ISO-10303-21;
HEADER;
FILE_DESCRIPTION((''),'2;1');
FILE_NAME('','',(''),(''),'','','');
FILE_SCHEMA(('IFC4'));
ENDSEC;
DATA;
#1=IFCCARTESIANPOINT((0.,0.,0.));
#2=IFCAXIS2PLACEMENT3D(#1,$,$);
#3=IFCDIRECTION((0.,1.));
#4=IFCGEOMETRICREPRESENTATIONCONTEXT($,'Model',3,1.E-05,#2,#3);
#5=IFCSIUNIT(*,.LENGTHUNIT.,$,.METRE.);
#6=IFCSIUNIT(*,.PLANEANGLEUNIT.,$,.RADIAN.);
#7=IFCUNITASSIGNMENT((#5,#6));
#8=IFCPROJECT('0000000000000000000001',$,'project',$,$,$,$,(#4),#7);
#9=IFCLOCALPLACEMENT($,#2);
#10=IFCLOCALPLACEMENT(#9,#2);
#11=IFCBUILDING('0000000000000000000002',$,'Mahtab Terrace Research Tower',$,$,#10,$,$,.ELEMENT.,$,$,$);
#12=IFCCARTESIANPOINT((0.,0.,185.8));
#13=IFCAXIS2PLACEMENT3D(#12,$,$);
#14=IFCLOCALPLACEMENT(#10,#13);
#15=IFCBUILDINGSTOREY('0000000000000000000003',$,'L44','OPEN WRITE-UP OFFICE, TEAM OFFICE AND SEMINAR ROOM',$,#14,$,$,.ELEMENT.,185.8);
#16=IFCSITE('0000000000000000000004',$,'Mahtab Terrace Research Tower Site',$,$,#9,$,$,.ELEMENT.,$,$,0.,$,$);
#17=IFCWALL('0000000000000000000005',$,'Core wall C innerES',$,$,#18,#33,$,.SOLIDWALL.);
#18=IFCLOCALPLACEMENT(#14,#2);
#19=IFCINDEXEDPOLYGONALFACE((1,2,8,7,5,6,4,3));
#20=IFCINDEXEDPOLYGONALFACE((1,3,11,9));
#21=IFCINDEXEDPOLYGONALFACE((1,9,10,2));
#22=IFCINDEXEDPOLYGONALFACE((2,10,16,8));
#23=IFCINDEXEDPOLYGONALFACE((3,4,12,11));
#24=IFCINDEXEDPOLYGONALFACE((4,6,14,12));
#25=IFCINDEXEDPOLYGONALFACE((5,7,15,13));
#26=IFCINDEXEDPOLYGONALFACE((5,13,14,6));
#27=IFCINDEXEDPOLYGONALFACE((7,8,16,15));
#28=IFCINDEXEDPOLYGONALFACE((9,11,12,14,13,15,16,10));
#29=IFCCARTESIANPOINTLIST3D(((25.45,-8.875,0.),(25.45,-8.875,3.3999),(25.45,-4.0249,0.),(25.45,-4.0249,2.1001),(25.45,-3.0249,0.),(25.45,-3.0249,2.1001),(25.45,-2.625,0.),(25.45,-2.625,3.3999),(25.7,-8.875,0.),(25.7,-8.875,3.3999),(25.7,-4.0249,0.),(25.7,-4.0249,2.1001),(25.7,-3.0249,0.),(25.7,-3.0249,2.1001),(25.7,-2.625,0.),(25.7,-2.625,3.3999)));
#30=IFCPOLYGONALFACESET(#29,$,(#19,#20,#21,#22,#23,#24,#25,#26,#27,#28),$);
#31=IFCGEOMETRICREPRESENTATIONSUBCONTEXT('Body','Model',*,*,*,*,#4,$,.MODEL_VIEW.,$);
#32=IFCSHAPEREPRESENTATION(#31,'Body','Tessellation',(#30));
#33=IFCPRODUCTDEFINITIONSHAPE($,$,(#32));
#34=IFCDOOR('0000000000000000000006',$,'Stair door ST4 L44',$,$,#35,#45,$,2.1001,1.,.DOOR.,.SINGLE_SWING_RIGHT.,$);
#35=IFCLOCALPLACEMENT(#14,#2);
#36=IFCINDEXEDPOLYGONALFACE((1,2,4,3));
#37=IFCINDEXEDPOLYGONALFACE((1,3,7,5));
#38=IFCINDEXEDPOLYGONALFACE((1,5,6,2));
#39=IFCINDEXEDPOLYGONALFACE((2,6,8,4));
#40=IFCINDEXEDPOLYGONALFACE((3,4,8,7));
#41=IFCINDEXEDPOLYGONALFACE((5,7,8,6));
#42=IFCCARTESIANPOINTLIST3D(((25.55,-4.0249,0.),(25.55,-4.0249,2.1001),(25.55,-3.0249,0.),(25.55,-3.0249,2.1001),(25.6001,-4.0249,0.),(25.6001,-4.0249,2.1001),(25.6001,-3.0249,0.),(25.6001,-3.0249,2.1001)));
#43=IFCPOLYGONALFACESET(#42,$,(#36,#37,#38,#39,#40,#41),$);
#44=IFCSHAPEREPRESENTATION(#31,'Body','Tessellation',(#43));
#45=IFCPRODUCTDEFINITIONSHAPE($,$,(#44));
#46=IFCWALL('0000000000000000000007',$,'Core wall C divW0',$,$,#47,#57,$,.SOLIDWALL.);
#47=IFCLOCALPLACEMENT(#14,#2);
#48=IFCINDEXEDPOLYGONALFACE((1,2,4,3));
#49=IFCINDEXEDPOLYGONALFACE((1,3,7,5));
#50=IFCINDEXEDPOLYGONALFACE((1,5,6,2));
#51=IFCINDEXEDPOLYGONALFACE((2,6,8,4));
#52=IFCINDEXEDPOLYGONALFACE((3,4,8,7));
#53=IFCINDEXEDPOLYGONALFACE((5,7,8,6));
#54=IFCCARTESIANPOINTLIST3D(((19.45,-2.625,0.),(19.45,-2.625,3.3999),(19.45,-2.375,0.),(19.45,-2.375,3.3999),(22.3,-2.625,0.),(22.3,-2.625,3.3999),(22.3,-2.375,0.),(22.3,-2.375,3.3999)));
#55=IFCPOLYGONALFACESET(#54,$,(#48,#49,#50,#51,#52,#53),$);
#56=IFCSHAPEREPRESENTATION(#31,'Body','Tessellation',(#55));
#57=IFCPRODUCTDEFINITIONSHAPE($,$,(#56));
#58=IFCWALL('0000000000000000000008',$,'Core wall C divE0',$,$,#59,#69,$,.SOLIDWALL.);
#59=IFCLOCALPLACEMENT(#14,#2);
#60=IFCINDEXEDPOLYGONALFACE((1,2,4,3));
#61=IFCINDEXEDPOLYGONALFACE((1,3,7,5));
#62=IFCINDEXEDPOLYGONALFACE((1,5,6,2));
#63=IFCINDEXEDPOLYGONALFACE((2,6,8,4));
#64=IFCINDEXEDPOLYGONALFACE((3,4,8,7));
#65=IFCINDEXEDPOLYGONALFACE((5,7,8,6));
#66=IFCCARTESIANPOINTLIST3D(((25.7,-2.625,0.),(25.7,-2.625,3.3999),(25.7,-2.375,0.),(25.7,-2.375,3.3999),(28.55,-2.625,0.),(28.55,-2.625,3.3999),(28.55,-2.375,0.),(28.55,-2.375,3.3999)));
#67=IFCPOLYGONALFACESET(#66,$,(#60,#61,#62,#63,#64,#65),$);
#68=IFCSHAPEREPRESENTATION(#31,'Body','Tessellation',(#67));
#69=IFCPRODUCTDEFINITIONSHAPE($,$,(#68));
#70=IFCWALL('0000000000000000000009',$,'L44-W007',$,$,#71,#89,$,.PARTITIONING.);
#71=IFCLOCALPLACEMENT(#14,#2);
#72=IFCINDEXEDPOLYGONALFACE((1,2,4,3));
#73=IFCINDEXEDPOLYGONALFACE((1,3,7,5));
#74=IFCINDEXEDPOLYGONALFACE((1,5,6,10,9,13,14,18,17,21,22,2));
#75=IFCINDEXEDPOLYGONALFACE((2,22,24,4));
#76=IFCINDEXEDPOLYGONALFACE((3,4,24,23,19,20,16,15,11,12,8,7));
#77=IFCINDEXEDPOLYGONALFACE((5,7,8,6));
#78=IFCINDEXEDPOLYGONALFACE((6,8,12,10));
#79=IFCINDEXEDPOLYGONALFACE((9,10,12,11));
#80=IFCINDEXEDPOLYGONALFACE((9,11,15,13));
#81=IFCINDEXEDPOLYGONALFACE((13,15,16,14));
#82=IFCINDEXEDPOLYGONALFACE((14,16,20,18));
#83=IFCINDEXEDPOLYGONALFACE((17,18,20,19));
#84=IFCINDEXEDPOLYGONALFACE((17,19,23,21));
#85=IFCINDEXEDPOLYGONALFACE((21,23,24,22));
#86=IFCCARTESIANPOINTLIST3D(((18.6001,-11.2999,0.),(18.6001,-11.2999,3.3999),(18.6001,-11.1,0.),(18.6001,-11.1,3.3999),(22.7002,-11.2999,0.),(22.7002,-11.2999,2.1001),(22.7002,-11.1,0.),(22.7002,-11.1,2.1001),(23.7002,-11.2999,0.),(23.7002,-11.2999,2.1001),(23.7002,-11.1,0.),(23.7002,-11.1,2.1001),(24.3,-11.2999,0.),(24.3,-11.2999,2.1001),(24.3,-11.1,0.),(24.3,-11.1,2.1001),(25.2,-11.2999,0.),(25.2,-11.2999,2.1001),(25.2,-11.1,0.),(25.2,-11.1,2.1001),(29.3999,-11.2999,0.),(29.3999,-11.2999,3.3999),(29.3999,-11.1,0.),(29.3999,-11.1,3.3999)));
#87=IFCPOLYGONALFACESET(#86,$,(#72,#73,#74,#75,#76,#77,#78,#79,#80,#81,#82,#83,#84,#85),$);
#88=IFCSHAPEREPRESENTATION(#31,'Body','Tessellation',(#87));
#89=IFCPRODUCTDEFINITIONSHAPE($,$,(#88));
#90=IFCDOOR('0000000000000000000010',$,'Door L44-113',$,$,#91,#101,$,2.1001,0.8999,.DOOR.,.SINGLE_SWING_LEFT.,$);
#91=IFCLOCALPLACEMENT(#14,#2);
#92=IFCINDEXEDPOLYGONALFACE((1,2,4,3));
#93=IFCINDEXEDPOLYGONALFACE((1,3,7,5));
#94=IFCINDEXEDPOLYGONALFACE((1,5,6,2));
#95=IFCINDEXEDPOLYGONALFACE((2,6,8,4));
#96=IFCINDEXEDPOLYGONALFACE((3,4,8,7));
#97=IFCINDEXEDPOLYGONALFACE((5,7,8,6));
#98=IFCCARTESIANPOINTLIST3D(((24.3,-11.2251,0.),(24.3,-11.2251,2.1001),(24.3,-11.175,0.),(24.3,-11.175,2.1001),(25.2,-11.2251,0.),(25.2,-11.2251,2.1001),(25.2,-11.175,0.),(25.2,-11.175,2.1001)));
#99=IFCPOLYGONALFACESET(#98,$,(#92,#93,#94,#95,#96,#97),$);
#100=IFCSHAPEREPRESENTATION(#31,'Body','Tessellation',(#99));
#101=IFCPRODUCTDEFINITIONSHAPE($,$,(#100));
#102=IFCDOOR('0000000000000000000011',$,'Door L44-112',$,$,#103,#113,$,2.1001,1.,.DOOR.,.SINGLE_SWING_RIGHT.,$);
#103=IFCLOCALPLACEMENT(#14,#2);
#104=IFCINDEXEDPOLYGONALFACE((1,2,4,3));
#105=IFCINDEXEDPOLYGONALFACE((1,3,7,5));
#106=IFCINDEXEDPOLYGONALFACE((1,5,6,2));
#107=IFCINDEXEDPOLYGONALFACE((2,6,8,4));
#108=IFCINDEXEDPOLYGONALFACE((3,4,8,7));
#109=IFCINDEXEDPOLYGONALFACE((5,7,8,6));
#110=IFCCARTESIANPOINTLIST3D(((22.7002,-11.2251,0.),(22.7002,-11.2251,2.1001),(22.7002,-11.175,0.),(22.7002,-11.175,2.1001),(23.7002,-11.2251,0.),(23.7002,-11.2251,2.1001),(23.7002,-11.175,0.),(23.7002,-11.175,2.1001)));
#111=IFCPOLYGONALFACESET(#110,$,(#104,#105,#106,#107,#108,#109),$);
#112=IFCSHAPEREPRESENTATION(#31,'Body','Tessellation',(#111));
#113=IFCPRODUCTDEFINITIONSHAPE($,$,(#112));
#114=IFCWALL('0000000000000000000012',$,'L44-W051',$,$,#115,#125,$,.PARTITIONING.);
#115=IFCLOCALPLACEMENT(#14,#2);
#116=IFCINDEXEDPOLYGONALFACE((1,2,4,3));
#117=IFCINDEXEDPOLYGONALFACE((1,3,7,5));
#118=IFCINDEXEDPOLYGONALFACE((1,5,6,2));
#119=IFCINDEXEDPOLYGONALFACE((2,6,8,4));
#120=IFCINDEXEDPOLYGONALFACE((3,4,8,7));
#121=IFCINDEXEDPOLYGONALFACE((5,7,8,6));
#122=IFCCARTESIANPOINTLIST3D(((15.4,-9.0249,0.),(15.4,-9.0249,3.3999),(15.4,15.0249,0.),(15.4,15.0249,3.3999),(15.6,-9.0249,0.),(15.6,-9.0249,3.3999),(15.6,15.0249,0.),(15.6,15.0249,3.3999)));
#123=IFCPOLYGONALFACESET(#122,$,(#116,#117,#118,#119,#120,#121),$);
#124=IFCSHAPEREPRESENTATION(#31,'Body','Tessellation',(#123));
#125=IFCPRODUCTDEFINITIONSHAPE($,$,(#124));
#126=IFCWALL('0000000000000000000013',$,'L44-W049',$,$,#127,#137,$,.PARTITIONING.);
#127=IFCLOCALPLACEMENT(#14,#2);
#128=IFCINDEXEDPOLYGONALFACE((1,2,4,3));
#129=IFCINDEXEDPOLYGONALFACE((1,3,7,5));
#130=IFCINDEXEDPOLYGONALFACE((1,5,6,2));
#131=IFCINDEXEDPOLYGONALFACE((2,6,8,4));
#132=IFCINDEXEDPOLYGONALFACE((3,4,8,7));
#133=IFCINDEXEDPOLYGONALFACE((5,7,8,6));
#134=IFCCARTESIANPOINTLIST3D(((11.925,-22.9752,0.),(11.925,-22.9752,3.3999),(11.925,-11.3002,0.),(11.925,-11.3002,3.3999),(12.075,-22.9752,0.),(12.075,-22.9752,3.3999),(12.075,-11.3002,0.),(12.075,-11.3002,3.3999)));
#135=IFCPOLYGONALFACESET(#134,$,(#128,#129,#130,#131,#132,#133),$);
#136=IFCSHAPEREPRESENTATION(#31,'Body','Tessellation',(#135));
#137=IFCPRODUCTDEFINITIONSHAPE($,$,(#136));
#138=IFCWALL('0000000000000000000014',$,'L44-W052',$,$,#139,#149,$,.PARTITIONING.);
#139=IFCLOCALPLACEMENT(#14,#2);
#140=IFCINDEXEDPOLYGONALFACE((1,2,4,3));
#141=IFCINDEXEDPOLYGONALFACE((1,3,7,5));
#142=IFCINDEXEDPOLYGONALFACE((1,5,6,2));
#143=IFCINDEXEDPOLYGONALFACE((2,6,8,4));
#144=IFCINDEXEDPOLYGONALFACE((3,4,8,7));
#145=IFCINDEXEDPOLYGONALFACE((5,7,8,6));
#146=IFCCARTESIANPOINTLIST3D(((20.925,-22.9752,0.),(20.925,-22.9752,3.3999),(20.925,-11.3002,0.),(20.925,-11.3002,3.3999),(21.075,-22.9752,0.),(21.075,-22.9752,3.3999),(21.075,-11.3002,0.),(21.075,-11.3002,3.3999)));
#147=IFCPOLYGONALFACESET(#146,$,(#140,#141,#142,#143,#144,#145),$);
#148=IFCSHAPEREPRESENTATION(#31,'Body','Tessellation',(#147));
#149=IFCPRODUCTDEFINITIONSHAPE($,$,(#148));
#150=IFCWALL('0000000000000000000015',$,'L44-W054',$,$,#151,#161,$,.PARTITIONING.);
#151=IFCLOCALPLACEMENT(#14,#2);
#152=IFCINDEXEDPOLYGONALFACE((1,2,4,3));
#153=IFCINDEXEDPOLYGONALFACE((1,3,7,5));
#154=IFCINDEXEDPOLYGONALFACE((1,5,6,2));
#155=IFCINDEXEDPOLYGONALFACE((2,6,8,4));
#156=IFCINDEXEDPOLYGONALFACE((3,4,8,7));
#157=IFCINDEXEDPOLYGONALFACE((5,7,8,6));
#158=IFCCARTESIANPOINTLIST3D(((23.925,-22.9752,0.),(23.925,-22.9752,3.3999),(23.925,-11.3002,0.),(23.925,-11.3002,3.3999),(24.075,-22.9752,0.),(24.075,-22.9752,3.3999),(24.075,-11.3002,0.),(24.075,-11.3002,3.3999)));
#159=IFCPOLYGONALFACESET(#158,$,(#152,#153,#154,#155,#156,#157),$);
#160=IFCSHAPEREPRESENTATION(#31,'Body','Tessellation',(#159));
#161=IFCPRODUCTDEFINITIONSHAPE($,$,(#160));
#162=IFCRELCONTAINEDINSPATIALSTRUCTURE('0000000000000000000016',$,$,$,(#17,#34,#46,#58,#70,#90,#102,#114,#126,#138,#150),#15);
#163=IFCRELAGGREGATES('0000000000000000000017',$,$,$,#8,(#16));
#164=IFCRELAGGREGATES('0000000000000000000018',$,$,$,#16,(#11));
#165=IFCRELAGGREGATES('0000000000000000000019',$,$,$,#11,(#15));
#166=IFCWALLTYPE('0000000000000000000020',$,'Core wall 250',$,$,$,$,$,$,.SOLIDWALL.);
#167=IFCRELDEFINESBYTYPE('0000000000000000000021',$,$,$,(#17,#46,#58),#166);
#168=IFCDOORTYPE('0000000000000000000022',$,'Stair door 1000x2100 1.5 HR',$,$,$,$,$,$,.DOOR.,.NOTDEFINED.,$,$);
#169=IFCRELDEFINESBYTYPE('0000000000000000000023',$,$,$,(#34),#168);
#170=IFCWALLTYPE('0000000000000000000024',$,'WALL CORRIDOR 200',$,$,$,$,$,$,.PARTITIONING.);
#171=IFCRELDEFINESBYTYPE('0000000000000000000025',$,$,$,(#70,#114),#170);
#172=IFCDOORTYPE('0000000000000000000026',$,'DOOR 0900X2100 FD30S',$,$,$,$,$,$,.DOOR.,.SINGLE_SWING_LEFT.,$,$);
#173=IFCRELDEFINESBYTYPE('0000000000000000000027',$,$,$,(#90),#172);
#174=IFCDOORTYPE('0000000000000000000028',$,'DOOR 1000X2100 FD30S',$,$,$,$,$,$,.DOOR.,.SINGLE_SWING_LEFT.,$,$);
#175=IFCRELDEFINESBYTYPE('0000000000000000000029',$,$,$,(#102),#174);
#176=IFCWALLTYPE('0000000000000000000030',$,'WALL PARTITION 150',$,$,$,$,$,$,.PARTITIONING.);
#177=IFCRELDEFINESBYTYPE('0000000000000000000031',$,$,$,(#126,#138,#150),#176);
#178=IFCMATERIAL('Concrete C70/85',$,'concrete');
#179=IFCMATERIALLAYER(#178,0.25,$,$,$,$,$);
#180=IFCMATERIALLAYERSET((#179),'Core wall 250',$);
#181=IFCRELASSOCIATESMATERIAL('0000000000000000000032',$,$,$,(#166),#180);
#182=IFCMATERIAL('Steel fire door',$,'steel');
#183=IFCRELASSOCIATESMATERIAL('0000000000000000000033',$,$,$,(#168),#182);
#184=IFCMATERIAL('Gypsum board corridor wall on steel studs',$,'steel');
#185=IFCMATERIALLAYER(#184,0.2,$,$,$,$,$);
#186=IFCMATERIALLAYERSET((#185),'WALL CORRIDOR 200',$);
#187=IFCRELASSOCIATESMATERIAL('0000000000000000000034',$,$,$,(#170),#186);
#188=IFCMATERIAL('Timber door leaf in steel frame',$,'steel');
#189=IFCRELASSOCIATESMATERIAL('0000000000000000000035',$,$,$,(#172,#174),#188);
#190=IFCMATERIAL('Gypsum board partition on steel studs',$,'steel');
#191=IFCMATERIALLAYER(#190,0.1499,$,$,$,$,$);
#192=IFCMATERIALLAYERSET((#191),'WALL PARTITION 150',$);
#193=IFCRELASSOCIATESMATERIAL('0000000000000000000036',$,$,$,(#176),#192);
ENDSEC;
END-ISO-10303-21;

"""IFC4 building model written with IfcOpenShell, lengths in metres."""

from ifc_helpers import new_model, si_unit, direction, frame, frame_2d, origin, place, context, subcontext, project, spatial, rectangle, extrude, material, layer, layer_set, type_object, element, fill, save


model = new_model("IFC4")

# Units and contexts
model_context = context("Model", 3, precision=1e-05, world=origin(), true_north=direction((0.0, 1.0)))
body_context = subcontext(model_context, "Body", "Model", "MODEL_VIEW")
ifc_project = project(units=[si_unit("LENGTHUNIT", "METRE"), si_unit("PLANEANGLEUNIT", "RADIAN")], contexts=[model_context])

# Site, building, storey
site_placement = place(None, origin())
site = spatial("IfcSite", under=ifc_project, at=site_placement, Name="Mahtab Terrace Research Tower Site", CompositionType="ELEMENT", RefElevation=0.0)
building_placement = place(site_placement, origin())
building = spatial("IfcBuilding", under=site, at=building_placement, Name="Mahtab Terrace Research Tower", CompositionType="ELEMENT")
storey_placement = place(building_placement, frame((0.0, 0.0, 185.8)))
storey = spatial("IfcBuildingStorey", under=building, at=storey_placement, Name="L44", Description="OPEN WRITE-UP OFFICE, TEAM OFFICE AND SEMINAR ROOM", CompositionType="ELEMENT", Elevation=185.8)

# Shared definitions
ifc_material_1 = material(Name="Concrete C70/85", Category="concrete")

# Shared definitions
ifc_layer_1 = layer(ifc_material_1, 0.25)
ifc_layer_set_1 = layer_set([ifc_layer_1], Name="Core wall 250")
wall_type_1 = type_object("IfcWallType", Name="Core wall 250", PredefinedType="SOLIDWALL", material=ifc_layer_set_1)
ifc_material_2 = material(Name="Steel fire door", Category="steel")

# Wall, opening, door
wall_1_placement = place(storey_placement, frame((25.575, -8.875, 0.0), z_axis=(0.0, 0.0, 1.0), x_axis=(0.0, 1.0, 0.0)))
wall_1 = element("IfcWall", 1, at=wall_1_placement, inside=storey, type_object=wall_type_1, Name="Core wall C innerES", PredefinedType="SOLIDWALL", context=body_context, shape_type="SweptSolid", body=[
    extrude(rectangle(XDim=6.25, YDim=0.25, at=frame_2d((3.125, 0.0))), origin(), (0.0, 0.0, 1.0), 3.3999),
])
opening_1_placement = place(wall_1_placement, frame((4.8501, 0.0, 0.0)))
opening_1 = element("IfcOpeningElement", 2, at=opening_1_placement, cuts=wall_1, PredefinedType="OPENING", context=body_context, shape_type="SweptSolid", body=[
    extrude(rectangle(XDim=1.0, YDim=2.1001, at=frame_2d((0.5, 1.05))), frame((0.0, 0.135, 0.0), z_axis=(0.0, -1.0, 0.0), x_axis=(1.0, 0.0, 0.0)), (0.0, 0.0, 1.0), 0.27),
])
door_type_1 = type_object("IfcDoorType", Name="Stair door 1000x2100 1.5 HR", OperationType="NOTDEFINED", PredefinedType="DOOR", material=ifc_material_2)
door_1_placement = place(opening_1_placement, origin())
door_1 = element("IfcDoor", 3, at=door_1_placement, inside=storey, type_object=door_type_1, Name="Stair door ST4 L44", OperationType="SINGLE_SWING_RIGHT", OverallHeight=2.1001, OverallWidth=1.0, PredefinedType="DOOR", context=body_context, shape_type="SweptSolid", body=[
    extrude(rectangle(XDim=1.0, YDim=2.1001, at=frame_2d((0.5, 1.05))), frame((0.0, 0.0249, 0.0), z_axis=(0.0, -1.0, 0.0), x_axis=(1.0, 0.0, 0.0)), (0.0, 0.0, 1.0), 0.05),
])
fill(opening_1, door_1)

# Walls
for number, where, z_axis, x_axis, name in (
    (4, (19.45, -2.5, 0.0), (0.0, 0.0, 1.0), (1.0, 0.0, 0.0), "Core wall C divW0"),
    (5, (25.7, -2.5, 0.0), (0.0, 0.0, 1.0), (1.0, 0.0, 0.0), "Core wall C divE0"),
):
    element("IfcWall", number, at=place(storey_placement, frame(where, z_axis=z_axis, x_axis=x_axis)), inside=storey, type_object=wall_type_1, Name=name, PredefinedType="SOLIDWALL", context=body_context, shape_type="SweptSolid", body=[
        extrude(rectangle(XDim=2.8501, YDim=0.25, at=frame_2d((1.425, 0.0))), origin(), (0.0, 0.0, 1.0), 3.3999),
    ])

# Wall, openings, doors
ifc_material_3 = material(Name="Gypsum board corridor wall on steel studs", Category="steel")
ifc_layer_2 = layer(ifc_material_3, 0.2)
ifc_layer_set_2 = layer_set([ifc_layer_2], Name="WALL CORRIDOR 200")
wall_type_2 = type_object("IfcWallType", Name="WALL CORRIDOR 200", PredefinedType="PARTITIONING", material=ifc_layer_set_2)
wall_2_placement = place(storey_placement, frame((18.6001, -11.2, 0.0), z_axis=(0.0, 0.0, 1.0), x_axis=(1.0, 0.0, 0.0)))
wall_2 = element("IfcWall", 6, at=wall_2_placement, inside=storey, type_object=wall_type_2, Name="L44-W007", PredefinedType="PARTITIONING", context=body_context, shape_type="SweptSolid", body=[
    extrude(rectangle(XDim=10.7998, YDim=0.2, at=frame_2d((5.3999, 0.0))), origin(), (0.0, 0.0, 1.0), 3.3999),
])
opening_2_placement = place(wall_2_placement, frame((4.1001, 0.0, 0.0)))
opening_2 = element("IfcOpeningElement", 7, at=opening_2_placement, cuts=wall_2, PredefinedType="OPENING", context=body_context, shape_type="SweptSolid", body=[
    extrude(rectangle(XDim=1.0, YDim=2.1001, at=frame_2d((0.5, 1.05))), frame((0.0, 0.1099, 0.0), z_axis=(0.0, -1.0, 0.0), x_axis=(1.0, 0.0, 0.0)), (0.0, 0.0, 1.0), 0.22),
])
opening_3_placement = place(wall_2_placement, frame((5.7, 0.0, 0.0)))
opening_3 = element("IfcOpeningElement", 8, at=opening_3_placement, cuts=wall_2, PredefinedType="OPENING", context=body_context, shape_type="SweptSolid", body=[
    extrude(rectangle(XDim=0.8999, YDim=2.1001, at=frame_2d((0.45, 1.05))), frame((0.0, 0.1099, 0.0), z_axis=(0.0, -1.0, 0.0), x_axis=(1.0, 0.0, 0.0)), (0.0, 0.0, 1.0), 0.22),
])
ifc_material_4 = material(Name="Timber door leaf in steel frame", Category="steel")
door_type_2 = type_object("IfcDoorType", Name="DOOR 0900X2100 FD30S", OperationType="SINGLE_SWING_LEFT", PredefinedType="DOOR", material=ifc_material_4)
door_2_placement = place(opening_3_placement, origin())
door_2 = element("IfcDoor", 9, at=door_2_placement, inside=storey, type_object=door_type_2, Name="Door L44-113", OperationType="SINGLE_SWING_LEFT", OverallHeight=2.1001, OverallWidth=0.8999, PredefinedType="DOOR", context=body_context, shape_type="SweptSolid", body=[
    extrude(rectangle(XDim=0.8999, YDim=2.1001, at=frame_2d((0.45, 1.05))), frame((0.0, 0.0249, 0.0), z_axis=(0.0, -1.0, 0.0), x_axis=(1.0, 0.0, 0.0)), (0.0, 0.0, 1.0), 0.05),
])
fill(opening_3, door_2)
door_type_3 = type_object("IfcDoorType", Name="DOOR 1000X2100 FD30S", OperationType="SINGLE_SWING_LEFT", PredefinedType="DOOR", material=ifc_material_4)
door_3_placement = place(opening_2_placement, origin())
door_3 = element("IfcDoor", 10, at=door_3_placement, inside=storey, type_object=door_type_3, Name="Door L44-112", OperationType="SINGLE_SWING_RIGHT", OverallHeight=2.1001, OverallWidth=1.0, PredefinedType="DOOR", context=body_context, shape_type="SweptSolid", body=[
    extrude(rectangle(XDim=1.0, YDim=2.1001, at=frame_2d((0.5, 1.05))), frame((0.0, 0.0249, 0.0), z_axis=(0.0, -1.0, 0.0), x_axis=(1.0, 0.0, 0.0)), (0.0, 0.0, 1.0), 0.05),
])
fill(opening_2, door_3)

# Walls
wall_3_placement = place(storey_placement, frame((15.5, -9.0249, 0.0), z_axis=(0.0, 0.0, 1.0), x_axis=(0.0, 1.0, 0.0)))
element("IfcWall", 11, at=wall_3_placement, inside=storey, type_object=wall_type_2, Name="L44-W051", PredefinedType="PARTITIONING", context=body_context, shape_type="SweptSolid", body=[
    extrude(rectangle(XDim=24.0498, YDim=0.2, at=frame_2d((12.0249, 0.0))), origin(), (0.0, 0.0, 1.0), 3.3999),
])
ifc_material_5 = material(Name="Gypsum board partition on steel studs", Category="steel")
ifc_layer_3 = layer(ifc_material_5, 0.1499)
ifc_layer_set_3 = layer_set([ifc_layer_3], Name="WALL PARTITION 150")
wall_type_3 = type_object("IfcWallType", Name="WALL PARTITION 150", PredefinedType="PARTITIONING", material=ifc_layer_set_3)
for number, where, z_axis, x_axis, name in (
    (12, (12.0, -22.9751, 0.0), (0.0, 0.0, 1.0), (0.0, 1.0, 0.0), "L44-W049"),
    (13, (21.0, -22.9751, 0.0), (0.0, 0.0, 1.0), (0.0, 1.0, 0.0), "L44-W052"),
    (14, (24.0, -22.9751, 0.0), (0.0, 0.0, 1.0), (0.0, 1.0, 0.0), "L44-W054"),
):
    element("IfcWall", number, at=place(storey_placement, frame(where, z_axis=z_axis, x_axis=x_axis)), inside=storey, type_object=wall_type_3, Name=name, PredefinedType="PARTITIONING", context=body_context, shape_type="SweptSolid", body=[
        extrude(rectangle(XDim=11.675, YDim=0.1499, at=frame_2d((5.8374, 0.0))), origin(), (0.0, 0.0, 1.0), 3.3999),
    ])

save(model, "model.ifc")
